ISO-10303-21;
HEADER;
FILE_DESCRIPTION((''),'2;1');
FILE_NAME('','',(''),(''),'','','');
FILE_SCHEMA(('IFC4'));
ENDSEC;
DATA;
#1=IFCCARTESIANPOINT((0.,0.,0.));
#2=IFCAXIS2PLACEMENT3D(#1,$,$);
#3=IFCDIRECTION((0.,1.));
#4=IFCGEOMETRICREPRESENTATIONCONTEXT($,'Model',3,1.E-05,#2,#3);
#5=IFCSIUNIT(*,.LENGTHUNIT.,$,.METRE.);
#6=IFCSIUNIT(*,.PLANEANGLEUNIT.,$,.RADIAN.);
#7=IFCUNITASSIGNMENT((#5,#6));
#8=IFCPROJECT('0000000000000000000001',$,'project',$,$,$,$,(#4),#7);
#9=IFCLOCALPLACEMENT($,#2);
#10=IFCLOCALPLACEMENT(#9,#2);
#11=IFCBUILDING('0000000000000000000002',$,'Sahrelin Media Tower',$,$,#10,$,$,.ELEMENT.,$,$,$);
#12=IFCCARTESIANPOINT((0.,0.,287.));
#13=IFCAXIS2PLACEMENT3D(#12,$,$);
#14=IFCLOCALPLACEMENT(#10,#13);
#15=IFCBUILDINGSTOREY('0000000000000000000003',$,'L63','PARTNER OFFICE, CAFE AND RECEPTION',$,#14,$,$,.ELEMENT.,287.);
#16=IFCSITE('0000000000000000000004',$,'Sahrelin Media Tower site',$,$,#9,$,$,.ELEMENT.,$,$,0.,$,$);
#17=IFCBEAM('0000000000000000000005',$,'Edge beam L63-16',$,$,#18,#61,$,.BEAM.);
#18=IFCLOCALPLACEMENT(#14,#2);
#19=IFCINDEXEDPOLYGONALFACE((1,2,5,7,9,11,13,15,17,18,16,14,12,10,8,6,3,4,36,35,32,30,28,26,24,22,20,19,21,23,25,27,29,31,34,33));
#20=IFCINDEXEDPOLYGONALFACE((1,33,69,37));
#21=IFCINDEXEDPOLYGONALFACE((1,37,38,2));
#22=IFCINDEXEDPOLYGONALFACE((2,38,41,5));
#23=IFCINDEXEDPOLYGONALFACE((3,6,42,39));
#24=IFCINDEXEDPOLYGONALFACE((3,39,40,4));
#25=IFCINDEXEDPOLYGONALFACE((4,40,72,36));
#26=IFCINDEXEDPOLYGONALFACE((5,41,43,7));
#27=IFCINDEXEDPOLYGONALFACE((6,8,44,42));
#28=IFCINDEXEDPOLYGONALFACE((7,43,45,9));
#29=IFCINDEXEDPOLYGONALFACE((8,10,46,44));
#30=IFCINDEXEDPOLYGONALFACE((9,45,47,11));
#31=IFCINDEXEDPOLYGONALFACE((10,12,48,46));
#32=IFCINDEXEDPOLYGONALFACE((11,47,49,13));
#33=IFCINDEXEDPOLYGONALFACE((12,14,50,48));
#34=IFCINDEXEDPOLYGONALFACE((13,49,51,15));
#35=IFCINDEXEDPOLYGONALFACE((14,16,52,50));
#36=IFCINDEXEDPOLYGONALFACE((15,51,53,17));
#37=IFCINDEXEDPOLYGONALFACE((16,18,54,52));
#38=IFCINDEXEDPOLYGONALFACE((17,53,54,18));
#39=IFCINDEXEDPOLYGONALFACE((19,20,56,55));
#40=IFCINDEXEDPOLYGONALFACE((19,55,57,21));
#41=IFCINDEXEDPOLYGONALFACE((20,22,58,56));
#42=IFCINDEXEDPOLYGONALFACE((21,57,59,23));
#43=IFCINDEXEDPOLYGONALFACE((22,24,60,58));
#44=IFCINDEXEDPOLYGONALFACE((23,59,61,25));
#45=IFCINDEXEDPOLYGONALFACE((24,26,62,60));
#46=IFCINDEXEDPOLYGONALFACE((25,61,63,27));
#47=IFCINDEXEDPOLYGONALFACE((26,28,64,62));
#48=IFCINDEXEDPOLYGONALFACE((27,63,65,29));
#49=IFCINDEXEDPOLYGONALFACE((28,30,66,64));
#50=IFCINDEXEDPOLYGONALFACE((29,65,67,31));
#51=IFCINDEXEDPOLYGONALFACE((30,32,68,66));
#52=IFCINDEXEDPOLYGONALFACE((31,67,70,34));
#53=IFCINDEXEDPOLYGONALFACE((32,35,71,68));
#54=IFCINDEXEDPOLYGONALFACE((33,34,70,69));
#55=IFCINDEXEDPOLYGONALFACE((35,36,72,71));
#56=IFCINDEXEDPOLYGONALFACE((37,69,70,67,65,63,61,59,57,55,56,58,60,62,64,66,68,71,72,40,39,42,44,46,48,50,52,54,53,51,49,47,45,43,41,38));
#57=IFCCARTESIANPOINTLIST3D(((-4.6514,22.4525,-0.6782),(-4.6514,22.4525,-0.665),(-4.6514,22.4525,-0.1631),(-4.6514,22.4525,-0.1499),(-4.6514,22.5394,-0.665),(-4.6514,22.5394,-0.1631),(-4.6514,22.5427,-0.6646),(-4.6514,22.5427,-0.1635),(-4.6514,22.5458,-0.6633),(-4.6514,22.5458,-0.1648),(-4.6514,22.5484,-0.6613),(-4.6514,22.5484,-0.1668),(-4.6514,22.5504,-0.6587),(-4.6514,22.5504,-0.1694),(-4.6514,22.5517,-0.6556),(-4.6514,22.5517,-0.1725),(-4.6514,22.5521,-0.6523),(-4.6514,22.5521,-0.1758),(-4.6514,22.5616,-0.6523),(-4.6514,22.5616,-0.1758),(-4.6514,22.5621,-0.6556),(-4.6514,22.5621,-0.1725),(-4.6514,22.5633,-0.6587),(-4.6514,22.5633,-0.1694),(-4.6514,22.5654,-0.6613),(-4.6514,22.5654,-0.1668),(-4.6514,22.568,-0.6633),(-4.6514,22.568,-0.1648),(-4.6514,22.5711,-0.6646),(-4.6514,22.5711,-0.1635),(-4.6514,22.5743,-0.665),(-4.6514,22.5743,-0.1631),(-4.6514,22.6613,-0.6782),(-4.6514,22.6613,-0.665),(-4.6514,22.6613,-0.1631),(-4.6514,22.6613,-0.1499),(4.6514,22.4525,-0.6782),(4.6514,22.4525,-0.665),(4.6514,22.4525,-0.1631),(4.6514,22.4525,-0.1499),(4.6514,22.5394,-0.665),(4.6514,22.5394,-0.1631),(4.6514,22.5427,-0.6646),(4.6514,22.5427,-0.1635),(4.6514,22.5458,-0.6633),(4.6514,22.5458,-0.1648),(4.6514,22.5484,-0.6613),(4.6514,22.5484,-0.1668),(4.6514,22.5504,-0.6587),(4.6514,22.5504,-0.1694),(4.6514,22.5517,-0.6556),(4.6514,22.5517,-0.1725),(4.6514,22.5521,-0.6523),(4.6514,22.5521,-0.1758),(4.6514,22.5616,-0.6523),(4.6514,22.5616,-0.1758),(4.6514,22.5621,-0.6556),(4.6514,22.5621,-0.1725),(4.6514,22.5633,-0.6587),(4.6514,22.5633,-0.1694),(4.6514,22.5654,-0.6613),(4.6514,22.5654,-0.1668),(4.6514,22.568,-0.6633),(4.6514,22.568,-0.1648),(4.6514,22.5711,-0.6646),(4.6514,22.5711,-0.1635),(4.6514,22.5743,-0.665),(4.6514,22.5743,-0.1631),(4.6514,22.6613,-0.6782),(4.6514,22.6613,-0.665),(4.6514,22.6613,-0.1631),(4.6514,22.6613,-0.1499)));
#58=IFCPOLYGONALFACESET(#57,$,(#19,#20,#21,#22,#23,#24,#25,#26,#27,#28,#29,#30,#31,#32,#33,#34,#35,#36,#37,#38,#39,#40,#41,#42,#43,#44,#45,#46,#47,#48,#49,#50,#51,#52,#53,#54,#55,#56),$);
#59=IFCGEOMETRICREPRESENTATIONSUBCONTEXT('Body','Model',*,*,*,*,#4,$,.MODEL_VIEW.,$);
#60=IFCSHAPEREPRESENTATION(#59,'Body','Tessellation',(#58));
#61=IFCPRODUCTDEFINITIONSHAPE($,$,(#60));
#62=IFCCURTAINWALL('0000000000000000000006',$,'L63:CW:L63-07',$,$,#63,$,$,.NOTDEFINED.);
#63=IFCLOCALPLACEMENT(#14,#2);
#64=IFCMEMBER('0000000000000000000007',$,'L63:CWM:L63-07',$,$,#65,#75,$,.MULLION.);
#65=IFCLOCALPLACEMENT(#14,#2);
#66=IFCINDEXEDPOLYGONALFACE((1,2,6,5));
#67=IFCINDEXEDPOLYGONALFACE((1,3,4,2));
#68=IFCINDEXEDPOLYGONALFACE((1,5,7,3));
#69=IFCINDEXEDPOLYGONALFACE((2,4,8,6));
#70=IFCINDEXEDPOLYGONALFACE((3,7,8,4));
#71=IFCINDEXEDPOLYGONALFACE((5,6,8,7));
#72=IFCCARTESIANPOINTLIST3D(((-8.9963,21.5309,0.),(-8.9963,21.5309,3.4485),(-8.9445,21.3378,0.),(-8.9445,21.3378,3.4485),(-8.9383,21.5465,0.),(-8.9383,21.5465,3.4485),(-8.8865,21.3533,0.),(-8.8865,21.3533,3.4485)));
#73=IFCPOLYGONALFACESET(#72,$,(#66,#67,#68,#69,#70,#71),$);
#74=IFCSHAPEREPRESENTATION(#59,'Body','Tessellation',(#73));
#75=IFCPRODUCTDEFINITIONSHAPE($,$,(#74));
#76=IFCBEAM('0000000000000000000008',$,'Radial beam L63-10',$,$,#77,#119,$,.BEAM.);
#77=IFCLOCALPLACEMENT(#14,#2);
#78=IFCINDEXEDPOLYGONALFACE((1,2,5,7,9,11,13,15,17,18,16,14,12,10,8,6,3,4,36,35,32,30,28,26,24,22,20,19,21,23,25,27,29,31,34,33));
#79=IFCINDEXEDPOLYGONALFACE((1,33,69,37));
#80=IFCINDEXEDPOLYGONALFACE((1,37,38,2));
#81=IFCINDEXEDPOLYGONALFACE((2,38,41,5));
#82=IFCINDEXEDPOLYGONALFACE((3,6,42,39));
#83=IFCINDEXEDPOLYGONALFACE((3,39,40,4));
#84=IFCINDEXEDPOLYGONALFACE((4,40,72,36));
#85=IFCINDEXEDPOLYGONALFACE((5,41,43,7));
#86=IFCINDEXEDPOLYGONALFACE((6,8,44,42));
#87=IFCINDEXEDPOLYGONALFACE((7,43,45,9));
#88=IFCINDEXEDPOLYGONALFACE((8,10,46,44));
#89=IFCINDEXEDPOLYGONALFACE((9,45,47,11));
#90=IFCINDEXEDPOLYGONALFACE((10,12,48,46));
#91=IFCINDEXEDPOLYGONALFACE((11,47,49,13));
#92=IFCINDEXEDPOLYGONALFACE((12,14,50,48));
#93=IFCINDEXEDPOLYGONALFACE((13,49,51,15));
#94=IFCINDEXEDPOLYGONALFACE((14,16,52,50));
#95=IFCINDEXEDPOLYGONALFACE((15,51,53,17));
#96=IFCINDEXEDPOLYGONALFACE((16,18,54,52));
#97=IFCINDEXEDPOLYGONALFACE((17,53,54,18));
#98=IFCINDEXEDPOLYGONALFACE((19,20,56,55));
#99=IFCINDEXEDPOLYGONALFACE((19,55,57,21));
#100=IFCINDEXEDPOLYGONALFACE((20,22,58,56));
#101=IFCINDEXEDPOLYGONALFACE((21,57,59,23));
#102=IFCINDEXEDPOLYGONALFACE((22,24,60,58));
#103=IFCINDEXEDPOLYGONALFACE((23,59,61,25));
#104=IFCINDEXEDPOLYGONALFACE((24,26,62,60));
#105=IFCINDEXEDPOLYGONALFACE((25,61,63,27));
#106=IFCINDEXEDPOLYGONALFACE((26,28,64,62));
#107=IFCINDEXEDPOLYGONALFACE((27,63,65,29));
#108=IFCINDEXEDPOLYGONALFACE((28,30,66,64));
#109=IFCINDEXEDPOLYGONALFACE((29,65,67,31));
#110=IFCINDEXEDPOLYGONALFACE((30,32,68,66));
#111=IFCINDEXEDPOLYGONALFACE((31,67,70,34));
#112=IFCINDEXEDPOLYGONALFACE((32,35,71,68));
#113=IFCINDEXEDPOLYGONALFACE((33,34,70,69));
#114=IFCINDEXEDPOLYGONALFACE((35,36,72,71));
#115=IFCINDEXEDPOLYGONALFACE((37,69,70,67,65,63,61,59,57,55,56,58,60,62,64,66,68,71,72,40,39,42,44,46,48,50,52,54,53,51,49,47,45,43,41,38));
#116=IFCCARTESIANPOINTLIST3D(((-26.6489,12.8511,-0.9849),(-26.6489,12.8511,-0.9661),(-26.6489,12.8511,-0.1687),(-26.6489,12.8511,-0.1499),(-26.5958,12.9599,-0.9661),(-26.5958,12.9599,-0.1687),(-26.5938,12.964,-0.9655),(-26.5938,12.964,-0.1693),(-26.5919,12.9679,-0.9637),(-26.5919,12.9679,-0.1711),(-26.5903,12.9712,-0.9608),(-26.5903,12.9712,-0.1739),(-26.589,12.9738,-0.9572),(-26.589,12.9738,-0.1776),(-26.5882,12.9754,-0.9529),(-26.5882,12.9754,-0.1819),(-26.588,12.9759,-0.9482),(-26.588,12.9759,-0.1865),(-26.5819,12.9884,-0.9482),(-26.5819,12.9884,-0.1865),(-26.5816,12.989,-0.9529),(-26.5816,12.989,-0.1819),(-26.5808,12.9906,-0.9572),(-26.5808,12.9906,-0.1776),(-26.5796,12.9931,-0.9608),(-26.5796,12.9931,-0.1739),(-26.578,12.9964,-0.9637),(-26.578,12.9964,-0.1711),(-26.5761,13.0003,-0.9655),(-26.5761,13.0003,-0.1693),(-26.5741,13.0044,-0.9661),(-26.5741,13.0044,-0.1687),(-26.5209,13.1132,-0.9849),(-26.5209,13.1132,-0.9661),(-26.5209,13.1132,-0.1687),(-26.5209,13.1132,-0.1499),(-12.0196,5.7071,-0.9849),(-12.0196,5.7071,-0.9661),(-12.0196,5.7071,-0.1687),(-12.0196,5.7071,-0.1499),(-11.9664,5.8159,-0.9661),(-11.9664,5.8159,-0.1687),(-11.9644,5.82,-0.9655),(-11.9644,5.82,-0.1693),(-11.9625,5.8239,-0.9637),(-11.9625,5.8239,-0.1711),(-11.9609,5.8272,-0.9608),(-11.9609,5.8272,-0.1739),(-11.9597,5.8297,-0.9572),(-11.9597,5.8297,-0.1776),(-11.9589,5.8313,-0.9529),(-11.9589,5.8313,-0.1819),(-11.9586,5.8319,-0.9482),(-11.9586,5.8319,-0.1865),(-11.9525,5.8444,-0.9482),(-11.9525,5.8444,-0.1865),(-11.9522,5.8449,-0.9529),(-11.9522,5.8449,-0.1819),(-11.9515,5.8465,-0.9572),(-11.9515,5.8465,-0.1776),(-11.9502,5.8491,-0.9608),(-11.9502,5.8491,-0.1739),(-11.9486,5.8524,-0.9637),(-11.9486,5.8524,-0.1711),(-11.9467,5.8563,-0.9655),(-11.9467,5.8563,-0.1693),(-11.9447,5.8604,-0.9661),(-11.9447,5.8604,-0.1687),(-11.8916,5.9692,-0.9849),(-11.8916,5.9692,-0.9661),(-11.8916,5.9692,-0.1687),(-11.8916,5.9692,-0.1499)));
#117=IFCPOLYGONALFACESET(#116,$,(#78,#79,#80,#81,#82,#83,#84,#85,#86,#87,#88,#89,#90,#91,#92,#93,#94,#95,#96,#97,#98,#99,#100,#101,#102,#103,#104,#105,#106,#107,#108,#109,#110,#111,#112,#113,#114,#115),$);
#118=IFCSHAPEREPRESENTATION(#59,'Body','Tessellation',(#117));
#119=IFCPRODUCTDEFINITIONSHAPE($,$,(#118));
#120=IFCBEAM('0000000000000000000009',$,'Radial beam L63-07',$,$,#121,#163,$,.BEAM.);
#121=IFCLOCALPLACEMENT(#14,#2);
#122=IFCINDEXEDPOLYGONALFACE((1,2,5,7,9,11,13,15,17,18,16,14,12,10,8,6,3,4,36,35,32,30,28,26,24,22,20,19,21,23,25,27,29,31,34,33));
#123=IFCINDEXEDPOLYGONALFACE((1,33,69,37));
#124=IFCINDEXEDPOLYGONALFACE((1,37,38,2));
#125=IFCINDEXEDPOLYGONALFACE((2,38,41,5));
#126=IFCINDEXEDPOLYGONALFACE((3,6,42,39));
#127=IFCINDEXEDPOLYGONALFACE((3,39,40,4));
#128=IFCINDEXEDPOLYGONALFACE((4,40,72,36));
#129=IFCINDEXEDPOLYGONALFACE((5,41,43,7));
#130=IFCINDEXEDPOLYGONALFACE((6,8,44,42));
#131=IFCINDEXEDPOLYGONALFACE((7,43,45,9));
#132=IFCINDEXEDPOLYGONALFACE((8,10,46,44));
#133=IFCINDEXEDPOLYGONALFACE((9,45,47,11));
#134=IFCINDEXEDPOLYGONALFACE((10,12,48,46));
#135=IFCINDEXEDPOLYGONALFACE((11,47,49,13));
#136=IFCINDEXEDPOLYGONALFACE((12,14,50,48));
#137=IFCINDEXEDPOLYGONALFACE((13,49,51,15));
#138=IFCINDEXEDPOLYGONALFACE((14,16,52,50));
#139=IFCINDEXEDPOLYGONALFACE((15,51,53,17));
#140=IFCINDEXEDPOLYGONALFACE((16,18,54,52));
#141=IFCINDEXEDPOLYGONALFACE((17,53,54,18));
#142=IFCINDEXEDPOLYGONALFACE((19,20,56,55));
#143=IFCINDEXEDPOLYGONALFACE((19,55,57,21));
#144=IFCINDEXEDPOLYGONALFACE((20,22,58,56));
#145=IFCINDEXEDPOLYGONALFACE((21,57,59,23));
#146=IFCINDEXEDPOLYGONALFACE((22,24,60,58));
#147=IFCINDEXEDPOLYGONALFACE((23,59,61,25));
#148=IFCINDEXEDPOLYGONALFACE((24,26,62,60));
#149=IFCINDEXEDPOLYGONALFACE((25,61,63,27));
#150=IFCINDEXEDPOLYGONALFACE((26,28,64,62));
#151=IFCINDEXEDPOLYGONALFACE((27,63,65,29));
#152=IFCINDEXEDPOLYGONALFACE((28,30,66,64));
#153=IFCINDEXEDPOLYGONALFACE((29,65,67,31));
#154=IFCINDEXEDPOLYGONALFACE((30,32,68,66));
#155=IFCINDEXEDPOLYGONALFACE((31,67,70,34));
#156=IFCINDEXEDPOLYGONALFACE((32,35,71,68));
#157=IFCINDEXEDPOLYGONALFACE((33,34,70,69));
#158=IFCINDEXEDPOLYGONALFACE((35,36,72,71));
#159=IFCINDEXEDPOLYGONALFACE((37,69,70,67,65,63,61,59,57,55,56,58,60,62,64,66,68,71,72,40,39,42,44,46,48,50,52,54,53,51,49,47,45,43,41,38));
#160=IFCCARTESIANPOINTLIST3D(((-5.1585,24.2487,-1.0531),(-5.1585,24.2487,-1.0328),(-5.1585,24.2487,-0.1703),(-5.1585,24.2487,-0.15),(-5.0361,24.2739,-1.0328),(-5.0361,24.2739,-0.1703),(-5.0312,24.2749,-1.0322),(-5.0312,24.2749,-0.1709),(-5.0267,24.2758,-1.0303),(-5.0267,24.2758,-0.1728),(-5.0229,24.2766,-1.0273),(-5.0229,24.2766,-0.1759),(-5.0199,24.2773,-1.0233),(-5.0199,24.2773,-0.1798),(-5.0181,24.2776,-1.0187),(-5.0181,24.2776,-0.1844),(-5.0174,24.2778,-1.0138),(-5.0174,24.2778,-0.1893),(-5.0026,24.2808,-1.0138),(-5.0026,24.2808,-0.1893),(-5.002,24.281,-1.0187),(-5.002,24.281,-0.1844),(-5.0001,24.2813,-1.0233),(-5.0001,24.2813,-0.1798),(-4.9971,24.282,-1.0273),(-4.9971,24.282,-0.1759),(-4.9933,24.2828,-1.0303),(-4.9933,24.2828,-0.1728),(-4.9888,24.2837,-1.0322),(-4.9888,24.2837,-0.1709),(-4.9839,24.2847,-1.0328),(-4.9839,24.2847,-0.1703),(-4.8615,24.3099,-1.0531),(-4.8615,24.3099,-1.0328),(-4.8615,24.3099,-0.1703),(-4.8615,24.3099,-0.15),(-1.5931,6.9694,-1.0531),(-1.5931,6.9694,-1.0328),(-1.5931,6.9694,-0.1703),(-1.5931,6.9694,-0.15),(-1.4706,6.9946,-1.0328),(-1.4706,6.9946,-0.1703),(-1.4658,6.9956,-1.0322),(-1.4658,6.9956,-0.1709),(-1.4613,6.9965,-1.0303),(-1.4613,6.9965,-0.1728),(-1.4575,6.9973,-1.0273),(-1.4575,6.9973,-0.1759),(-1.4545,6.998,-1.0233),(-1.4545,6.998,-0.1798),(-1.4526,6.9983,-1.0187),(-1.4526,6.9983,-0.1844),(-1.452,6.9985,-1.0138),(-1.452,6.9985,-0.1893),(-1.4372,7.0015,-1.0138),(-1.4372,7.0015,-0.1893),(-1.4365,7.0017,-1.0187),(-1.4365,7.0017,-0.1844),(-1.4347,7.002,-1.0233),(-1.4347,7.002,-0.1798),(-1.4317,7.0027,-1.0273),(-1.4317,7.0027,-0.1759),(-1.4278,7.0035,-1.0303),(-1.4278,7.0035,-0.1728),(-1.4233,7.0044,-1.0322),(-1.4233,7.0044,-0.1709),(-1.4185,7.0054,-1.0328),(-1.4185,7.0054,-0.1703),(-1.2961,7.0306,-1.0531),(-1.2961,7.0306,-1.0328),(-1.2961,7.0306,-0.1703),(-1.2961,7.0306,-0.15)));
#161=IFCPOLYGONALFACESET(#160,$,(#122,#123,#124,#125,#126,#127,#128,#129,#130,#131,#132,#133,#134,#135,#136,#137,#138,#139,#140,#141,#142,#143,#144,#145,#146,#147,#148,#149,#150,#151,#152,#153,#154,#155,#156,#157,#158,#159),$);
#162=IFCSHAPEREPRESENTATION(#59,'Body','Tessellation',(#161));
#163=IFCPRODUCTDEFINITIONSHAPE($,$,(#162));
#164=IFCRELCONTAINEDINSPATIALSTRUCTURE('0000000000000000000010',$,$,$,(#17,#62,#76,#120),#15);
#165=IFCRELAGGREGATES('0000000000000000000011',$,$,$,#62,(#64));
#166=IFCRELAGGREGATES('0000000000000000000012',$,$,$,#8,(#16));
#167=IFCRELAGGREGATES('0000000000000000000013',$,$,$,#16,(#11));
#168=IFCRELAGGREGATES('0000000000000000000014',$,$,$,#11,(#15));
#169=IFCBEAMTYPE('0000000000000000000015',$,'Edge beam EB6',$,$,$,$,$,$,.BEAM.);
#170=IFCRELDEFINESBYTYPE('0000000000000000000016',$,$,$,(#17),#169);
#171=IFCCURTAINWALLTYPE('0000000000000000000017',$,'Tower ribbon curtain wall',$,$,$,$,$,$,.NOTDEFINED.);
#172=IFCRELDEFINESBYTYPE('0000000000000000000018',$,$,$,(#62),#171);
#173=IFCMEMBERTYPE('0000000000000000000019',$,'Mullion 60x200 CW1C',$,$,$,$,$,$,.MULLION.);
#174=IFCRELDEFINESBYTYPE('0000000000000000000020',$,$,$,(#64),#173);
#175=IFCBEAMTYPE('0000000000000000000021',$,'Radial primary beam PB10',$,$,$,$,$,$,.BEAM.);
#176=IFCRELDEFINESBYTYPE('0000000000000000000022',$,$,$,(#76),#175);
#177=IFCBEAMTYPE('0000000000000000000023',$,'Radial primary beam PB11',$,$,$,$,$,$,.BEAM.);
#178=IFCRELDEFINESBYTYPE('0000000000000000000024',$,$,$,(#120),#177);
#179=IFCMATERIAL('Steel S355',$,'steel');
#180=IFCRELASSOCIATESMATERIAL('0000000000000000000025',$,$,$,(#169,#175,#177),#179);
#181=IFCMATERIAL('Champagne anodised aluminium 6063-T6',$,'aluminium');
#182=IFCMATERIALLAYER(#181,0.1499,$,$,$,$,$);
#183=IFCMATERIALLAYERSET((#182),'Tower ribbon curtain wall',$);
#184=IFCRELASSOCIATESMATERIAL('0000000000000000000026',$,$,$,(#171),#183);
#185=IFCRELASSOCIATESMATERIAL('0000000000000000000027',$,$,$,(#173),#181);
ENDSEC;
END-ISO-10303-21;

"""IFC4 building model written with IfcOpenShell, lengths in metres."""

from ifc_helpers import new_model, si_unit, direction, frame, origin, origin_2d, place, context, subcontext, project, spatial, rectangle, i_section, extrude, material, layer, layer_set, material_profile, profile_set, type_object, element, aggregate, save


model = new_model("IFC4")

# Units and contexts
model_context = context("Model", 3, precision=1e-05, world=origin(), true_north=direction((0.0, 1.0)))
body_context = subcontext(model_context, "Body", "Model", "MODEL_VIEW")
ifc_project = project(units=[si_unit("LENGTHUNIT", "METRE"), si_unit("PLANEANGLEUNIT", "RADIAN")], contexts=[model_context])

# Site, building, storey
site_placement = place(None, origin())
site = spatial("IfcSite", under=ifc_project, at=site_placement, Name="Sahrelin Media Tower site", CompositionType="ELEMENT", RefElevation=0.0)
building_placement = place(site_placement, origin())
building = spatial("IfcBuilding", under=site, at=building_placement, Name="Sahrelin Media Tower", CompositionType="ELEMENT")
storey_placement = place(building_placement, frame((0.0, 0.0, 287.0)))
storey = spatial("IfcBuildingStorey", under=building, at=storey_placement, Name="L63", Description="PARTNER OFFICE, CAFE AND RECEPTION", CompositionType="ELEMENT", Elevation=287.0)

# Beam
ifc_material_1 = material(Name="Steel S355", Category="steel")
ifc_material_profile_1 = material_profile(ifc_material_1, i_section(OverallWidth=0.2087, OverallDepth=0.5283, WebThickness=0.0095, FlangeThickness=0.0132, FilletRadius=0.0127, at=origin_2d()), Name="UB 533x210x82")
ifc_profile_set_1 = profile_set([ifc_material_profile_1], Name="Steel S355")
beam_type_1 = type_object("IfcBeamType", Name="Edge beam EB6", PredefinedType="BEAM", material=ifc_profile_set_1)
beam_1_placement = place(storey_placement, frame((-4.6514, 22.5569, -0.4141), z_axis=(1.0, 0.0, 0.0), x_axis=(0.0, 1.0, 0.0)))
element("IfcBeam", 1, at=beam_1_placement, inside=storey, type_object=beam_type_1, Name="Edge beam L63-16", PredefinedType="BEAM", context=body_context, shape_type="SweptSolid", body=[
    extrude(i_section(OverallWidth=0.2087, OverallDepth=0.5283, WebThickness=0.0095, FlangeThickness=0.0132, FilletRadius=0.0127, at=origin_2d()), origin(), (0.0, 0.0, 1.0), 9.3027),
])

# Curtain wall, member
ifc_material_2 = material(Name="Champagne anodised aluminium 6063-T6", Category="aluminium")
ifc_layer_1 = layer(ifc_material_2, 0.1499)
ifc_layer_set_1 = layer_set([ifc_layer_1], Name="Tower ribbon curtain wall")
curtain_wall_type = type_object("IfcCurtainWallType", Name="Tower ribbon curtain wall", PredefinedType="NOTDEFINED", material=ifc_layer_set_1)
curtain_wall_1_placement = place(storey_placement, frame((-8.9724, 21.5581, 0.0), z_axis=(0.0, 0.0, 1.0), x_axis=(1.0, 0.0, 0.0)))
curtain_wall_1 = element("IfcCurtainWall", 2, at=curtain_wall_1_placement, inside=storey, type_object=curtain_wall_type, Name="L63:CW:L63-07", PredefinedType="NOTDEFINED")
ifc_material_profile_2 = material_profile(ifc_material_2, rectangle(XDim=0.0601, YDim=0.2, at=origin_2d()), Name="Mullion 60x200")
ifc_profile_set_2 = profile_set([ifc_material_profile_2], Name="Champagne anodised aluminium 6063-T6")
member_type_1 = type_object("IfcMemberType", Name="Mullion 60x200 CW1C", PredefinedType="MULLION", material=ifc_profile_set_2)
member_1_placement = place(storey_placement, frame((-8.9414, 21.4421, 0.0), z_axis=(0.0, 0.0, 1.0), x_axis=(-0.965927, -0.258814, 0.0)))
member_1 = element("IfcMember", 3, at=member_1_placement, type_object=member_type_1, Name="L63:CWM:L63-07", PredefinedType="MULLION", context=body_context, shape_type="SweptSolid", body=[
    extrude(rectangle(XDim=0.0601, YDim=0.2, at=origin_2d()), origin(), (0.0, 0.0, 1.0), 3.4485),
])

# Beams
ifc_material_profile_3 = material_profile(ifc_material_1, i_section(OverallWidth=0.2917, OverallDepth=0.835, WebThickness=0.0139, FlangeThickness=0.0188, FilletRadius=0.0178, at=origin_2d()), Name="UB 838x292x176")
ifc_profile_set_3 = profile_set([ifc_material_profile_3], Name="Steel S355")
beam_type_2 = type_object("IfcBeamType", Name="Radial primary beam PB10", PredefinedType="BEAM", material=ifc_profile_set_3)
beam_2_placement = place(storey_placement, frame((-11.9556, 5.8381, -0.5674), z_axis=(-0.898581, 0.438808, 0.0), x_axis=(-0.438808, -0.898581, 0.0)))
element("IfcBeam", 4, at=beam_2_placement, inside=storey, type_object=beam_type_2, Name="Radial beam L63-10", PredefinedType="BEAM", context=body_context, shape_type="SweptSolid", body=[
    extrude(i_section(OverallWidth=0.2917, OverallDepth=0.835, WebThickness=0.0139, FlangeThickness=0.0188, FilletRadius=0.0178, at=origin_2d()), origin(), (0.0, 0.0, 1.0), 16.2805),
])
ifc_material_profile_4 = material_profile(ifc_material_1, i_section(OverallWidth=0.3032, OverallDepth=0.9031, WebThickness=0.0151, FlangeThickness=0.0203, FilletRadius=0.019, at=origin_2d()), Name="UB 914x305x201")
ifc_profile_set_4 = profile_set([ifc_material_profile_4], Name="Steel S355")
beam_type_3 = type_object("IfcBeamType", Name="Radial primary beam PB11", PredefinedType="BEAM", material=ifc_profile_set_4)
beam_3_placement = place(storey_placement, frame((-1.4446, 7.0, -0.6016), z_axis=(-0.202084, 0.979368, 0.0), x_axis=(-0.979368, -0.202084, 0.0)))
element("IfcBeam", 5, at=beam_3_placement, inside=storey, type_object=beam_type_3, Name="Radial beam L63-07", PredefinedType="BEAM", context=body_context, shape_type="SweptSolid", body=[
    extrude(i_section(OverallWidth=0.3032, OverallDepth=0.9031, WebThickness=0.0151, FlangeThickness=0.0203, FilletRadius=0.019, at=origin_2d()), origin(), (0.0, 0.0, 1.0), 17.6433),
])

aggregate(curtain_wall_1, [member_1])

save(model, "model.ifc")
